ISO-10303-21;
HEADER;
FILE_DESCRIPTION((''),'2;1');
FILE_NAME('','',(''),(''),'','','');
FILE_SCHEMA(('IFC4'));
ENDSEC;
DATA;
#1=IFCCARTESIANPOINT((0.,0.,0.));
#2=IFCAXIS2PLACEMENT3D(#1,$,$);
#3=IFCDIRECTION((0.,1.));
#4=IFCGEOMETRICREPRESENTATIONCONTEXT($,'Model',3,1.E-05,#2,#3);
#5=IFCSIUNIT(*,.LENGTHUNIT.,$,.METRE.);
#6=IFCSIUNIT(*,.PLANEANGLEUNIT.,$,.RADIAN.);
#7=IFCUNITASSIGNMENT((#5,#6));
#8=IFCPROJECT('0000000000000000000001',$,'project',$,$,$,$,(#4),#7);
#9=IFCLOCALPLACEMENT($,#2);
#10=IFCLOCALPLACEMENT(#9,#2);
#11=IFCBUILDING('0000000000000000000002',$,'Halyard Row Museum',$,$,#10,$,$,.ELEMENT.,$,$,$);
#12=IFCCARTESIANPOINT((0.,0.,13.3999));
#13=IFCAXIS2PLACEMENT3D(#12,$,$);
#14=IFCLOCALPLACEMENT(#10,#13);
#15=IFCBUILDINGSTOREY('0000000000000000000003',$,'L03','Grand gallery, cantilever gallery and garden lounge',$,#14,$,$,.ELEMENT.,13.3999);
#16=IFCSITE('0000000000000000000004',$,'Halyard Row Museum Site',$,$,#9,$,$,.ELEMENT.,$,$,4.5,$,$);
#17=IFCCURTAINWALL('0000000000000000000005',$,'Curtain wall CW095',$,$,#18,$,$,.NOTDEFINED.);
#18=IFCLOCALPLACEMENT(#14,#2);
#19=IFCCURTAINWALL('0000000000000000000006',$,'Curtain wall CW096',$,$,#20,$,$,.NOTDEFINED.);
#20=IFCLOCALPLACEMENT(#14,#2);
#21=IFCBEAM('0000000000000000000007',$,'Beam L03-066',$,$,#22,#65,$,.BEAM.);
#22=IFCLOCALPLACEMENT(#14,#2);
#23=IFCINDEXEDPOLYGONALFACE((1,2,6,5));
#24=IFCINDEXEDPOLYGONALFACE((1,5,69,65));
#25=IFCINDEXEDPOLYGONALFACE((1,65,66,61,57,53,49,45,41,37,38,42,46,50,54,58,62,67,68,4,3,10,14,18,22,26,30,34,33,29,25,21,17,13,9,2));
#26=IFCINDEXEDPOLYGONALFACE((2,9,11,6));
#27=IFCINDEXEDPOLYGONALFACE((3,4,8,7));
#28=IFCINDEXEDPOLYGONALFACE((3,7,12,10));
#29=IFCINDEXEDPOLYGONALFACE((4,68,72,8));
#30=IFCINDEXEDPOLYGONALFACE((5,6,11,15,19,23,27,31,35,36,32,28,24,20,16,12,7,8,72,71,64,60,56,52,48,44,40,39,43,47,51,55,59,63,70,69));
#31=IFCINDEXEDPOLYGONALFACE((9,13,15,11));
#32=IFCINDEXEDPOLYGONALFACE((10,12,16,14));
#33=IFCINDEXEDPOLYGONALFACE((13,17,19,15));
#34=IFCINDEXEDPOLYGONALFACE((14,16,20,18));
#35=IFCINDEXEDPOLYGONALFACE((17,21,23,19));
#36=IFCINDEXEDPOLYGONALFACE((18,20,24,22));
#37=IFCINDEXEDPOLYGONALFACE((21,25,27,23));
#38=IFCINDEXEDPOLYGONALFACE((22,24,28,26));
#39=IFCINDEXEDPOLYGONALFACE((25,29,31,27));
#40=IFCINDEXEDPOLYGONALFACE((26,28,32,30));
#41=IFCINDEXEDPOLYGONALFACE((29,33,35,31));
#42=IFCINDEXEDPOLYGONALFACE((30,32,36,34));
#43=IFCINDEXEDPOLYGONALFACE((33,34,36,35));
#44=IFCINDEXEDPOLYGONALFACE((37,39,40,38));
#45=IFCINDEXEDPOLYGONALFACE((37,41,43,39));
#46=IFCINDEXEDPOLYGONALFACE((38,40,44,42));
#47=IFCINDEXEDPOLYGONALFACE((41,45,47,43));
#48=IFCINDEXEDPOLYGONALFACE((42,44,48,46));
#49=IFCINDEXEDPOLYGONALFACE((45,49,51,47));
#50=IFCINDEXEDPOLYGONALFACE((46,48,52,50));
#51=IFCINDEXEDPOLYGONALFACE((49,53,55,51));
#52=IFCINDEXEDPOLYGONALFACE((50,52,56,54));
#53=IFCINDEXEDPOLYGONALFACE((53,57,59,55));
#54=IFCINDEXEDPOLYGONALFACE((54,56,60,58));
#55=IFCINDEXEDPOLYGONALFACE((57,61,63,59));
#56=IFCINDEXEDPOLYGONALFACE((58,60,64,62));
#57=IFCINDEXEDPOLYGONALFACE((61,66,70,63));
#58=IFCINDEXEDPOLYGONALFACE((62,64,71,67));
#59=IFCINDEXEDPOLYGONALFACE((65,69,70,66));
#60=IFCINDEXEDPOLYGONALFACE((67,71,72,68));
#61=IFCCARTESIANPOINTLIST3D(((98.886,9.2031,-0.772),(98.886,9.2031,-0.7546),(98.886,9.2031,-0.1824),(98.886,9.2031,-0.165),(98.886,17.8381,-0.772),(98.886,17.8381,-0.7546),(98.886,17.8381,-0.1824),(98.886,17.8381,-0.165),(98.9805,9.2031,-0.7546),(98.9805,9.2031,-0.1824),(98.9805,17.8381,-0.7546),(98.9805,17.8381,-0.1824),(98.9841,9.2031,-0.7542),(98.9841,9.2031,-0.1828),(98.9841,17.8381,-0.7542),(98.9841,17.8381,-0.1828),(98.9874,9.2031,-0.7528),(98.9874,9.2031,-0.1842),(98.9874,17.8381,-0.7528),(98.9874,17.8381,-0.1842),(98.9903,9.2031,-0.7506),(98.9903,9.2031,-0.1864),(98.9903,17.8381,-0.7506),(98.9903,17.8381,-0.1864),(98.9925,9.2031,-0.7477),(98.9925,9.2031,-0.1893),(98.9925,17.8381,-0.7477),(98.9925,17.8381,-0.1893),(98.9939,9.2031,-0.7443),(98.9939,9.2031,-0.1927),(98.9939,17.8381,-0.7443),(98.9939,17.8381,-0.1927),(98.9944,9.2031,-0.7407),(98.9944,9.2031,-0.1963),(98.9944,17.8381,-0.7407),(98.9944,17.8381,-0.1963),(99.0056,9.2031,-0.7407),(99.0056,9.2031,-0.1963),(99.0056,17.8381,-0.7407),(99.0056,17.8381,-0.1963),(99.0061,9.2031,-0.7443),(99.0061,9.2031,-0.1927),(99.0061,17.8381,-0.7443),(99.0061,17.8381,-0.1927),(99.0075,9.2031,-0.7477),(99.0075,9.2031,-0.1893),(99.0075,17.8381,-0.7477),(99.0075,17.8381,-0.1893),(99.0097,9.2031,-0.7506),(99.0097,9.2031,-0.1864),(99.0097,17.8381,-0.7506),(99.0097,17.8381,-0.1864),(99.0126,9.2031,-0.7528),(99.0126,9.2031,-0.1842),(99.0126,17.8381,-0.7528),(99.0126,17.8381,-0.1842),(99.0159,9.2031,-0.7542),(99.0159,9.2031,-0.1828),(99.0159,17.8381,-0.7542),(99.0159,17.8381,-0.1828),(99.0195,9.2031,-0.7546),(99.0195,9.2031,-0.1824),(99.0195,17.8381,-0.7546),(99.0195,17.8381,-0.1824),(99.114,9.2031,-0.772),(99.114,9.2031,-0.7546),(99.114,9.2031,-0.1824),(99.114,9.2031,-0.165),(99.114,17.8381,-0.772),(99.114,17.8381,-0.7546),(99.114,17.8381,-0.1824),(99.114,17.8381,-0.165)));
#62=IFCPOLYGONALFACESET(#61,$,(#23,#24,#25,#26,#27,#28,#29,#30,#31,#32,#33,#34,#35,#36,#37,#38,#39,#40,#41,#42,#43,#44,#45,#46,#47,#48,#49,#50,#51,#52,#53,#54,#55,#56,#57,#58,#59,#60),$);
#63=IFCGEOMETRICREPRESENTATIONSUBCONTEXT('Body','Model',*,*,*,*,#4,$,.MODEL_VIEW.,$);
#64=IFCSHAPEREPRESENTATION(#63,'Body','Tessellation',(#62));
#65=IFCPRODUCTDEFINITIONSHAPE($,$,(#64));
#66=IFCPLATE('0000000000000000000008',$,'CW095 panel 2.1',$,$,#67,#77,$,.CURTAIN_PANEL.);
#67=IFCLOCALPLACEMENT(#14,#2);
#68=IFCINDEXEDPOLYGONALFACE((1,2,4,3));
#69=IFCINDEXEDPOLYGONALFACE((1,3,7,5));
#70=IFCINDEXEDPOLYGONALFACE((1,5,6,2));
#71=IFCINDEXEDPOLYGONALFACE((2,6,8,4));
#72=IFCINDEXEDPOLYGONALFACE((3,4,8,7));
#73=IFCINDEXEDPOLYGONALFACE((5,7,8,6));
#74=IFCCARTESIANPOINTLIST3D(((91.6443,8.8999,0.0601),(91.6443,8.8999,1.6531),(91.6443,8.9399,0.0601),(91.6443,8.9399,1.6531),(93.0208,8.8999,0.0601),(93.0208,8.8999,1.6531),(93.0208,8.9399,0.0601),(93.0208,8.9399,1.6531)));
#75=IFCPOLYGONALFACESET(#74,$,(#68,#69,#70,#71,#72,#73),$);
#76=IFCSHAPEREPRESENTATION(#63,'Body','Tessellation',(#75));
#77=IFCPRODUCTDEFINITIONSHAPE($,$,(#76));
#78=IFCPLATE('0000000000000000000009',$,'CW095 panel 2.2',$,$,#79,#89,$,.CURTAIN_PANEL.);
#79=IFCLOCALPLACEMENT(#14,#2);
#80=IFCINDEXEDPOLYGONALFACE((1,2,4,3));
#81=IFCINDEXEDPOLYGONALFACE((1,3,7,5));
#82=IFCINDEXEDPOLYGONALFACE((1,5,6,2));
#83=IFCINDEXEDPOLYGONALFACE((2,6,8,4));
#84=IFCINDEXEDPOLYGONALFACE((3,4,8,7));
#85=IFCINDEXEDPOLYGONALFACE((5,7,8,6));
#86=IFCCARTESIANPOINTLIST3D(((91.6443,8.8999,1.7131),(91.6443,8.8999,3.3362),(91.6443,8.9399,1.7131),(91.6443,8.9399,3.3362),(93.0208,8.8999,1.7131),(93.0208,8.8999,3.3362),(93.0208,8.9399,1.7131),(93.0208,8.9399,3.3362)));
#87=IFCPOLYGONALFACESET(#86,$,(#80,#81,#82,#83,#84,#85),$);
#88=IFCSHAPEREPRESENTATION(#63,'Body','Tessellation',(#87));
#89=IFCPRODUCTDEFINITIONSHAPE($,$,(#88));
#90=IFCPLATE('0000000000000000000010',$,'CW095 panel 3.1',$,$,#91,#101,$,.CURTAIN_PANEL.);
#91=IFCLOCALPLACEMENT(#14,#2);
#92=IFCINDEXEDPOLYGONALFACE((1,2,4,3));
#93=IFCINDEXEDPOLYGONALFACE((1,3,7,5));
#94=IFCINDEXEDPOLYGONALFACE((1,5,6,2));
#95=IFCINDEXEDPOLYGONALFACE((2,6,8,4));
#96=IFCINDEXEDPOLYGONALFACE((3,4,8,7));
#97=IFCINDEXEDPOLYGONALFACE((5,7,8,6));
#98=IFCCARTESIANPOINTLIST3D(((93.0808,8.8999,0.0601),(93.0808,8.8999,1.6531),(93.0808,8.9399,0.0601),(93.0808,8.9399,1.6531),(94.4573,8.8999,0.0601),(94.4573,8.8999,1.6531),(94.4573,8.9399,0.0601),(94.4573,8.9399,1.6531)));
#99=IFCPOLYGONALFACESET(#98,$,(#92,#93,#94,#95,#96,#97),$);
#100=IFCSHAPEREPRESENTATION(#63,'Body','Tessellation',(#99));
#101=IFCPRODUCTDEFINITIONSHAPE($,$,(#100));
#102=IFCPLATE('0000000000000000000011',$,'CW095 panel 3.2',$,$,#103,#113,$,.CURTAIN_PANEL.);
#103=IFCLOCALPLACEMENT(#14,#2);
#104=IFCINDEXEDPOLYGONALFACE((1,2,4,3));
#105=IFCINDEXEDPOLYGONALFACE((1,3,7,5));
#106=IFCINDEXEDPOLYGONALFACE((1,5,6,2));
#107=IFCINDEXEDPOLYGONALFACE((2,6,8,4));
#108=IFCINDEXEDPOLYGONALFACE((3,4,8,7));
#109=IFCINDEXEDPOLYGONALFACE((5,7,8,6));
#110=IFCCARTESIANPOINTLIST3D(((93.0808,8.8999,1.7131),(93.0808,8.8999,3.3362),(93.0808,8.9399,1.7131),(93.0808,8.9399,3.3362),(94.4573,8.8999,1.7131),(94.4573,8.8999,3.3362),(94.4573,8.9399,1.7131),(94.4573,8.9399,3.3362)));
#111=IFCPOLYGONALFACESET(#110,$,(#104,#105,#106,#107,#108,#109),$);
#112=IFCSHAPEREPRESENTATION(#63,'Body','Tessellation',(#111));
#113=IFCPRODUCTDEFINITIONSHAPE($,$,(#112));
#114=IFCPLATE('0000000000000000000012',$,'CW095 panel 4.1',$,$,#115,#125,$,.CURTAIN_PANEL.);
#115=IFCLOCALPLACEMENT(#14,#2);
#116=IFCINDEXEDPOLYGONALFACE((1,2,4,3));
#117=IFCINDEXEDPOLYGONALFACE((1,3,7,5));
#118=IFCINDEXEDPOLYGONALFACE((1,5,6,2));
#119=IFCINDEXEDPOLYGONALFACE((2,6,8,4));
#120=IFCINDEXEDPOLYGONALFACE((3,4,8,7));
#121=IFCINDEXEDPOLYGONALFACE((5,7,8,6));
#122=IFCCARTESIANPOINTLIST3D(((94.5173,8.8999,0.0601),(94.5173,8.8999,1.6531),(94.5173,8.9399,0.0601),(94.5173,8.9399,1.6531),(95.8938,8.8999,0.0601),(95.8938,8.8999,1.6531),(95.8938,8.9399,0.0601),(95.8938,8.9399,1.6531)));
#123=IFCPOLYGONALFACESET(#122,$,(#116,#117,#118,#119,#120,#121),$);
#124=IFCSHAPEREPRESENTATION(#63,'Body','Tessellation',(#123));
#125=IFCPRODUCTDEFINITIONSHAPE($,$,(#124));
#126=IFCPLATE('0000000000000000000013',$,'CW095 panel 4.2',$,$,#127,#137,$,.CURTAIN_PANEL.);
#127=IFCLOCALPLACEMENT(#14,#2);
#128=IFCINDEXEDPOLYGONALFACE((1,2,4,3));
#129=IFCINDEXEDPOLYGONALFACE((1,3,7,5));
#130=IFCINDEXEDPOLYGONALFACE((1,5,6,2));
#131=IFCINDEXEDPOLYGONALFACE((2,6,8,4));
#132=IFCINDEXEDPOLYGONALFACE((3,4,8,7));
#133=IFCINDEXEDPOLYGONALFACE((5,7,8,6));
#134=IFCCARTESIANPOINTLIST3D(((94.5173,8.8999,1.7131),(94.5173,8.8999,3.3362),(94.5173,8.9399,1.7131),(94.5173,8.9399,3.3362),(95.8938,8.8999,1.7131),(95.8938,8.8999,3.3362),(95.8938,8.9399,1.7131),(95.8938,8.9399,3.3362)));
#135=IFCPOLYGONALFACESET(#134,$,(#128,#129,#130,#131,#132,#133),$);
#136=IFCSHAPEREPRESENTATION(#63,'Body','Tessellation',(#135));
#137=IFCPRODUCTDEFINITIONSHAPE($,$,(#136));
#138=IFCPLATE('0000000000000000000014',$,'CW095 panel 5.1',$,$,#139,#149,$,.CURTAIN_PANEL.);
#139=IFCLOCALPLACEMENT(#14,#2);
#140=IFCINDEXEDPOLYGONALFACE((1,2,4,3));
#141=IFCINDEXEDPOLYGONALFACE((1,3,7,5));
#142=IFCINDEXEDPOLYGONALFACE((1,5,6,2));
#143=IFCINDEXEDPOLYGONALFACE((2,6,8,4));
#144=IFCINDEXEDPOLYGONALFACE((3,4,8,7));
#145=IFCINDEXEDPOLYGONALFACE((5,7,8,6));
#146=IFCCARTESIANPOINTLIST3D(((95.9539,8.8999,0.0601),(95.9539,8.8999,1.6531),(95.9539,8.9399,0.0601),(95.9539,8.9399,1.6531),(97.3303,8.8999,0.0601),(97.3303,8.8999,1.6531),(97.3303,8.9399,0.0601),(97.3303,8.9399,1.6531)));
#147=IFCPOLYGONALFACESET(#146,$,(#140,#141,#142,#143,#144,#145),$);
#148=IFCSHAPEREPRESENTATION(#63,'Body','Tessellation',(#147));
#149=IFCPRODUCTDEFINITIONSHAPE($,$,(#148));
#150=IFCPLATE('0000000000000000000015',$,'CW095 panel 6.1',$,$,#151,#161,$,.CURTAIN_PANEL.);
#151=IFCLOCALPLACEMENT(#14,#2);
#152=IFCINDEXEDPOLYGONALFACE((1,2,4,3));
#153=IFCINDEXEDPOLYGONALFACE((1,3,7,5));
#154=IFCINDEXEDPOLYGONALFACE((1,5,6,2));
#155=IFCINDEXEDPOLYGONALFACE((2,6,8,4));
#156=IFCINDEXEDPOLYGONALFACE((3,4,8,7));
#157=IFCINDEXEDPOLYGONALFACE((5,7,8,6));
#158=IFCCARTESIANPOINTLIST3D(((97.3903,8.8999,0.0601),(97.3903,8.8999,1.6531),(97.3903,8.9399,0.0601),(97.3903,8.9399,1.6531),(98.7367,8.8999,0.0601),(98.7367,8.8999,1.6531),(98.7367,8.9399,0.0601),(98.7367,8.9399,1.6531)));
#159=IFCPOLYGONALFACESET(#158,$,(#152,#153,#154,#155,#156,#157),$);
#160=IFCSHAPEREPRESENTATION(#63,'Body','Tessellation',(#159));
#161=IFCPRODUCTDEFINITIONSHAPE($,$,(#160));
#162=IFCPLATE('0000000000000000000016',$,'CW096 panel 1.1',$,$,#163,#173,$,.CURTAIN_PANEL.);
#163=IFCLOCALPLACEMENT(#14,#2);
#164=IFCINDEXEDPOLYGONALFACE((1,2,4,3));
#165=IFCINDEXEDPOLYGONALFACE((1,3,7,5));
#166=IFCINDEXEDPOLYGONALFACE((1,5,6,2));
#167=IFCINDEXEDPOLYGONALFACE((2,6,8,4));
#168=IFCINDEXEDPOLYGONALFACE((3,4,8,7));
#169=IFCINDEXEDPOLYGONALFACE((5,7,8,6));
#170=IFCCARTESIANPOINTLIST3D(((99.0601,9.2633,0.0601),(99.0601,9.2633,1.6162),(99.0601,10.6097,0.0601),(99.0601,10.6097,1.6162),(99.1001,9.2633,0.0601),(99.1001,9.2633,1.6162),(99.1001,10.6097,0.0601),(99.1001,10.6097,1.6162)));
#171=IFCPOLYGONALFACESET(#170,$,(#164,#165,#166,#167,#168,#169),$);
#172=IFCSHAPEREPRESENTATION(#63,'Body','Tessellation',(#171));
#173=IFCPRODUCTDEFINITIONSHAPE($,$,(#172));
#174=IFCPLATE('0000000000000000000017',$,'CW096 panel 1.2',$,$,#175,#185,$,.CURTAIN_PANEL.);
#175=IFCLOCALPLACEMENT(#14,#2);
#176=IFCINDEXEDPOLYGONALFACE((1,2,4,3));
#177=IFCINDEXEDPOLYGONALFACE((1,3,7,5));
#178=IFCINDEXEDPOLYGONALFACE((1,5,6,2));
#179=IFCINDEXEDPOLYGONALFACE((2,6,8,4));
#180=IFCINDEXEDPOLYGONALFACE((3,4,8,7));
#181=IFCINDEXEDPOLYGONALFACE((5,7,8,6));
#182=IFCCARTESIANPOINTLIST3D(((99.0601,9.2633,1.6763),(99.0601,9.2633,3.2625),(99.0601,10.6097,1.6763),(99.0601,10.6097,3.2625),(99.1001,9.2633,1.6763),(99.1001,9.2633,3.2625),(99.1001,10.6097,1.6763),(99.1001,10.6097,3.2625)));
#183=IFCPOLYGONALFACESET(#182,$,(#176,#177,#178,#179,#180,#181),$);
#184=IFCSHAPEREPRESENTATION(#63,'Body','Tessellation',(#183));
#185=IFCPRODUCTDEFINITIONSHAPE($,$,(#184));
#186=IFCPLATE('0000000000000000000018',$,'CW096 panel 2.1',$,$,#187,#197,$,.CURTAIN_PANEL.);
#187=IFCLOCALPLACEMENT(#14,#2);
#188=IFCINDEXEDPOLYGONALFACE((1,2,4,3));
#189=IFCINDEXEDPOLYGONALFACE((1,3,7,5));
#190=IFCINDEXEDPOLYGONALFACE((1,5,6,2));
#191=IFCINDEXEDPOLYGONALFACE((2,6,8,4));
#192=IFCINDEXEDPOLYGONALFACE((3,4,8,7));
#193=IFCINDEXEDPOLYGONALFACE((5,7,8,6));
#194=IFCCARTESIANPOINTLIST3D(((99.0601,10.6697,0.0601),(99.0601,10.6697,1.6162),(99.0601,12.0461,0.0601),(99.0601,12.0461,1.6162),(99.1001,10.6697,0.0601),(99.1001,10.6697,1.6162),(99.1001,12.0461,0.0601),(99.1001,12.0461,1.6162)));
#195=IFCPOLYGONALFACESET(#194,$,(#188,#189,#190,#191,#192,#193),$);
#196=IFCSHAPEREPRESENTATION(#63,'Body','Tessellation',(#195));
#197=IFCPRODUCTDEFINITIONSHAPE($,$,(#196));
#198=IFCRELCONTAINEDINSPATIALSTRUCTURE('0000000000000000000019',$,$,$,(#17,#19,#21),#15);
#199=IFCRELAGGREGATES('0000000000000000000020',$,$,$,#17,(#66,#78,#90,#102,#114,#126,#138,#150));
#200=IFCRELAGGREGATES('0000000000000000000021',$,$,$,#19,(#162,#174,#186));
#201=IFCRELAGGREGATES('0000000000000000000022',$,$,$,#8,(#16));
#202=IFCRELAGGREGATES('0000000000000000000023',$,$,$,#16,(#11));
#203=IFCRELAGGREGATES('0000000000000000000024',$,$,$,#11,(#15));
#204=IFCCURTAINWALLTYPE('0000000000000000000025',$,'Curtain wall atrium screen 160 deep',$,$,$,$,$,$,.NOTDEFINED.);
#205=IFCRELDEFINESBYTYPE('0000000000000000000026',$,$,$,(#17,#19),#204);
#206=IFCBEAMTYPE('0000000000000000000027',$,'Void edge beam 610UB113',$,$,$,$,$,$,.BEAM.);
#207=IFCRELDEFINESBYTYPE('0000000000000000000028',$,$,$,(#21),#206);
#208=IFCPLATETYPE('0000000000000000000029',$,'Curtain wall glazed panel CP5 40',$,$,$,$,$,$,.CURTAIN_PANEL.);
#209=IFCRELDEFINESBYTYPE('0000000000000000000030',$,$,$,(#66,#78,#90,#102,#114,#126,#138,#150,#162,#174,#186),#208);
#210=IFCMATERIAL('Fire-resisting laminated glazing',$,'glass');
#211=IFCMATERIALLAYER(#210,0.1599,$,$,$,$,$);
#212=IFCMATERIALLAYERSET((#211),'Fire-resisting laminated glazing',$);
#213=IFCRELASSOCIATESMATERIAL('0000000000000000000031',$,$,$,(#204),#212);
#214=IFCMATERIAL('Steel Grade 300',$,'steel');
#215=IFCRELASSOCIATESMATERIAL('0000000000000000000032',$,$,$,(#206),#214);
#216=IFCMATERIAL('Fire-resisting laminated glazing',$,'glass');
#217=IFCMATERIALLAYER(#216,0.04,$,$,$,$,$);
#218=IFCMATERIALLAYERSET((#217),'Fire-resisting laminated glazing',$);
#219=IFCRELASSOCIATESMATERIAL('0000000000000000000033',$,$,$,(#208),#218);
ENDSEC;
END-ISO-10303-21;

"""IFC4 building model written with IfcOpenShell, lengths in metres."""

from ifc_helpers import new_model, si_unit, direction, frame, origin, origin_2d, place, context, subcontext, project, spatial, rectangle, i_section, extrude, material, layer, layer_set, material_profile, profile_set, type_object, element, aggregate, save


model = new_model("IFC4")

# Units and contexts
model_context = context("Model", 3, precision=1e-05, world=origin(), true_north=direction((0.0, 1.0)))
body_context = subcontext(model_context, "Body", "Model", "MODEL_VIEW")
ifc_project = project(units=[si_unit("LENGTHUNIT", "METRE"), si_unit("PLANEANGLEUNIT", "RADIAN")], contexts=[model_context])

# Site, building, storey
site_placement = place(None, origin())
site = spatial("IfcSite", under=ifc_project, at=site_placement, Name="Halyard Row Museum Site", CompositionType="ELEMENT", RefElevation=4.5)
building_placement = place(site_placement, origin())
building = spatial("IfcBuilding", under=site, at=building_placement, Name="Halyard Row Museum", CompositionType="ELEMENT")
storey_placement = place(building_placement, frame((0.0, 0.0, 13.3999)))
storey = spatial("IfcBuildingStorey", under=building, at=storey_placement, Name="L03", Description="Grand gallery, cantilever gallery and garden lounge", CompositionType="ELEMENT", Elevation=13.3999)

# Curtain walls
ifc_material_1 = material(Name="Fire-resisting laminated glazing", Category="glass")
ifc_layer_1 = layer(ifc_material_1, 0.1599)
ifc_layer_set_1 = layer_set([ifc_layer_1], Name="Fire-resisting laminated glazing")
curtain_wall_type = type_object("IfcCurtainWallType", Name="Curtain wall atrium screen 160 deep", PredefinedType="NOTDEFINED", material=ifc_layer_set_1)
curtain_wall_1_placement = place(storey_placement, origin())
curtain_wall_1 = element("IfcCurtainWall", 1, at=curtain_wall_1_placement, inside=storey, type_object=curtain_wall_type, Name="Curtain wall CW095", PredefinedType="NOTDEFINED")
curtain_wall_2_placement = place(storey_placement, origin())
curtain_wall_2 = element("IfcCurtainWall", 2, at=curtain_wall_2_placement, inside=storey, type_object=curtain_wall_type, Name="Curtain wall CW096", PredefinedType="NOTDEFINED")

# Beam
ifc_material_2 = material(Name="Steel Grade 300", Category="steel")
ifc_material_profile_1 = material_profile(ifc_material_2, i_section(OverallWidth=0.228, OverallDepth=0.6069, WebThickness=0.0112, FlangeThickness=0.0173, FilletRadius=0.0139, at=origin_2d()), Name="610UB113")
ifc_profile_set_1 = profile_set([ifc_material_profile_1], Name="Steel Grade 300")
beam_type = type_object("IfcBeamType", Name="Void edge beam 610UB113", PredefinedType="BEAM", material=ifc_profile_set_1)
beam_placement = place(storey_placement, frame((99.0, 9.2031, -0.4685), z_axis=(0.0, 1.0, 0.0), x_axis=(-1.0, 0.0, 0.0)))
element("IfcBeam", 3, at=beam_placement, inside=storey, type_object=beam_type, Name="Beam L03-066", PredefinedType="BEAM", context=body_context, shape_type="SweptSolid", body=[
    extrude(i_section(OverallWidth=0.228, OverallDepth=0.6069, WebThickness=0.0112, FlangeThickness=0.0173, FilletRadius=0.0139, at=origin_2d()), origin(), (0.0, 0.0, 1.0), 8.635),
])

# Plates
ifc_material_3 = material(Name="Fire-resisting laminated glazing", Category="glass")
ifc_layer_2 = layer(ifc_material_3, 0.04)
ifc_layer_set_2 = layer_set([ifc_layer_2], Name="Fire-resisting laminated glazing")
plate_type = type_object("IfcPlateType", Name="Curtain wall glazed panel CP5 40", PredefinedType="CURTAIN_PANEL", material=ifc_layer_set_2)
plate_1_placement = place(storey_placement, frame((92.3325, 8.9199, 0.0601), z_axis=(0.0, 0.0, 1.0), x_axis=(1.0, 0.0, 0.0)))
plate_1 = element("IfcPlate", 4, at=plate_1_placement, type_object=plate_type, Name="CW095 panel 2.1", PredefinedType="CURTAIN_PANEL", context=body_context, shape_type="SweptSolid", body=[
    extrude(rectangle(XDim=1.3765, YDim=0.04, at=origin_2d()), origin(), (0.0, 0.0, 1.0), 1.593),
])
plate_2_placement = place(storey_placement, frame((92.3325, 8.9199, 1.7131), z_axis=(0.0, 0.0, 1.0), x_axis=(1.0, 0.0, 0.0)))
plate_2 = element("IfcPlate", 5, at=plate_2_placement, type_object=plate_type, Name="CW095 panel 2.2", PredefinedType="CURTAIN_PANEL", context=body_context, shape_type="SweptSolid", body=[
    extrude(rectangle(XDim=1.3765, YDim=0.04, at=origin_2d()), origin(), (0.0, 0.0, 1.0), 1.623),
])
plate_3_placement = place(storey_placement, frame((93.769, 8.9199, 0.0601), z_axis=(0.0, 0.0, 1.0), x_axis=(1.0, 0.0, 0.0)))
plate_3 = element("IfcPlate", 6, at=plate_3_placement, type_object=plate_type, Name="CW095 panel 3.1", PredefinedType="CURTAIN_PANEL", context=body_context, shape_type="SweptSolid", body=[
    extrude(rectangle(XDim=1.3765, YDim=0.04, at=origin_2d()), origin(), (0.0, 0.0, 1.0), 1.593),
])
plate_4_placement = place(storey_placement, frame((93.769, 8.9199, 1.7131), z_axis=(0.0, 0.0, 1.0), x_axis=(1.0, 0.0, 0.0)))
plate_4 = element("IfcPlate", 7, at=plate_4_placement, type_object=plate_type, Name="CW095 panel 3.2", PredefinedType="CURTAIN_PANEL", context=body_context, shape_type="SweptSolid", body=[
    extrude(rectangle(XDim=1.3765, YDim=0.04, at=origin_2d()), origin(), (0.0, 0.0, 1.0), 1.623),
])
plate_5_placement = place(storey_placement, frame((95.2056, 8.9199, 0.0601), z_axis=(0.0, 0.0, 1.0), x_axis=(1.0, 0.0, 0.0)))
plate_5 = element("IfcPlate", 8, at=plate_5_placement, type_object=plate_type, Name="CW095 panel 4.1", PredefinedType="CURTAIN_PANEL", context=body_context, shape_type="SweptSolid", body=[
    extrude(rectangle(XDim=1.3765, YDim=0.04, at=origin_2d()), origin(), (0.0, 0.0, 1.0), 1.593),
])
plate_6_placement = place(storey_placement, frame((95.2056, 8.9199, 1.7131), z_axis=(0.0, 0.0, 1.0), x_axis=(1.0, 0.0, 0.0)))
plate_6 = element("IfcPlate", 9, at=plate_6_placement, type_object=plate_type, Name="CW095 panel 4.2", PredefinedType="CURTAIN_PANEL", context=body_context, shape_type="SweptSolid", body=[
    extrude(rectangle(XDim=1.3765, YDim=0.04, at=origin_2d()), origin(), (0.0, 0.0, 1.0), 1.623),
])
plate_7_placement = place(storey_placement, frame((96.6421, 8.9199, 0.0601), z_axis=(0.0, 0.0, 1.0), x_axis=(1.0, 0.0, 0.0)))
plate_7 = element("IfcPlate", 10, at=plate_7_placement, type_object=plate_type, Name="CW095 panel 5.1", PredefinedType="CURTAIN_PANEL", context=body_context, shape_type="SweptSolid", body=[
    extrude(rectangle(XDim=1.3765, YDim=0.04, at=origin_2d()), origin(), (0.0, 0.0, 1.0), 1.593),
])
plate_8_placement = place(storey_placement, frame((98.0635, 8.9199, 0.0601), z_axis=(0.0, 0.0, 1.0), x_axis=(1.0, 0.0, 0.0)))
plate_8 = element("IfcPlate", 11, at=plate_8_placement, type_object=plate_type, Name="CW095 panel 6.1", PredefinedType="CURTAIN_PANEL", context=body_context, shape_type="SweptSolid", body=[
    extrude(rectangle(XDim=1.3464, YDim=0.04, at=origin_2d()), origin(), (0.0, 0.0, 1.0), 1.593),
])
aggregate(curtain_wall_1, [plate_1, plate_2, plate_3, plate_4, plate_5, plate_6, plate_7, plate_8])
plate_9_placement = place(storey_placement, frame((99.0801, 9.9365, 0.0601), z_axis=(0.0, 0.0, 1.0), x_axis=(0.0, 1.0, 0.0)))
plate_9 = element("IfcPlate", 12, at=plate_9_placement, type_object=plate_type, Name="CW096 panel 1.1", PredefinedType="CURTAIN_PANEL", context=body_context, shape_type="SweptSolid", body=[
    extrude(rectangle(XDim=1.3464, YDim=0.04, at=origin_2d()), origin(), (0.0, 0.0, 1.0), 1.5562),
])
plate_10_placement = place(storey_placement, frame((99.0801, 9.9365, 1.6763), z_axis=(0.0, 0.0, 1.0), x_axis=(0.0, 1.0, 0.0)))
plate_10 = element("IfcPlate", 13, at=plate_10_placement, type_object=plate_type, Name="CW096 panel 1.2", PredefinedType="CURTAIN_PANEL", context=body_context, shape_type="SweptSolid", body=[
    extrude(rectangle(XDim=1.3464, YDim=0.04, at=origin_2d()), origin(), (0.0, 0.0, 1.0), 1.5862),
])
plate_11_placement = place(storey_placement, frame((99.0801, 11.3579, 0.0601), z_axis=(0.0, 0.0, 1.0), x_axis=(0.0, 1.0, 0.0)))
plate_11 = element("IfcPlate", 14, at=plate_11_placement, type_object=plate_type, Name="CW096 panel 2.1", PredefinedType="CURTAIN_PANEL", context=body_context, shape_type="SweptSolid", body=[
    extrude(rectangle(XDim=1.3765, YDim=0.04, at=origin_2d()), origin(), (0.0, 0.0, 1.0), 1.5562),
])
aggregate(curtain_wall_2, [plate_9, plate_10, plate_11])

save(model, "model.ifc")
